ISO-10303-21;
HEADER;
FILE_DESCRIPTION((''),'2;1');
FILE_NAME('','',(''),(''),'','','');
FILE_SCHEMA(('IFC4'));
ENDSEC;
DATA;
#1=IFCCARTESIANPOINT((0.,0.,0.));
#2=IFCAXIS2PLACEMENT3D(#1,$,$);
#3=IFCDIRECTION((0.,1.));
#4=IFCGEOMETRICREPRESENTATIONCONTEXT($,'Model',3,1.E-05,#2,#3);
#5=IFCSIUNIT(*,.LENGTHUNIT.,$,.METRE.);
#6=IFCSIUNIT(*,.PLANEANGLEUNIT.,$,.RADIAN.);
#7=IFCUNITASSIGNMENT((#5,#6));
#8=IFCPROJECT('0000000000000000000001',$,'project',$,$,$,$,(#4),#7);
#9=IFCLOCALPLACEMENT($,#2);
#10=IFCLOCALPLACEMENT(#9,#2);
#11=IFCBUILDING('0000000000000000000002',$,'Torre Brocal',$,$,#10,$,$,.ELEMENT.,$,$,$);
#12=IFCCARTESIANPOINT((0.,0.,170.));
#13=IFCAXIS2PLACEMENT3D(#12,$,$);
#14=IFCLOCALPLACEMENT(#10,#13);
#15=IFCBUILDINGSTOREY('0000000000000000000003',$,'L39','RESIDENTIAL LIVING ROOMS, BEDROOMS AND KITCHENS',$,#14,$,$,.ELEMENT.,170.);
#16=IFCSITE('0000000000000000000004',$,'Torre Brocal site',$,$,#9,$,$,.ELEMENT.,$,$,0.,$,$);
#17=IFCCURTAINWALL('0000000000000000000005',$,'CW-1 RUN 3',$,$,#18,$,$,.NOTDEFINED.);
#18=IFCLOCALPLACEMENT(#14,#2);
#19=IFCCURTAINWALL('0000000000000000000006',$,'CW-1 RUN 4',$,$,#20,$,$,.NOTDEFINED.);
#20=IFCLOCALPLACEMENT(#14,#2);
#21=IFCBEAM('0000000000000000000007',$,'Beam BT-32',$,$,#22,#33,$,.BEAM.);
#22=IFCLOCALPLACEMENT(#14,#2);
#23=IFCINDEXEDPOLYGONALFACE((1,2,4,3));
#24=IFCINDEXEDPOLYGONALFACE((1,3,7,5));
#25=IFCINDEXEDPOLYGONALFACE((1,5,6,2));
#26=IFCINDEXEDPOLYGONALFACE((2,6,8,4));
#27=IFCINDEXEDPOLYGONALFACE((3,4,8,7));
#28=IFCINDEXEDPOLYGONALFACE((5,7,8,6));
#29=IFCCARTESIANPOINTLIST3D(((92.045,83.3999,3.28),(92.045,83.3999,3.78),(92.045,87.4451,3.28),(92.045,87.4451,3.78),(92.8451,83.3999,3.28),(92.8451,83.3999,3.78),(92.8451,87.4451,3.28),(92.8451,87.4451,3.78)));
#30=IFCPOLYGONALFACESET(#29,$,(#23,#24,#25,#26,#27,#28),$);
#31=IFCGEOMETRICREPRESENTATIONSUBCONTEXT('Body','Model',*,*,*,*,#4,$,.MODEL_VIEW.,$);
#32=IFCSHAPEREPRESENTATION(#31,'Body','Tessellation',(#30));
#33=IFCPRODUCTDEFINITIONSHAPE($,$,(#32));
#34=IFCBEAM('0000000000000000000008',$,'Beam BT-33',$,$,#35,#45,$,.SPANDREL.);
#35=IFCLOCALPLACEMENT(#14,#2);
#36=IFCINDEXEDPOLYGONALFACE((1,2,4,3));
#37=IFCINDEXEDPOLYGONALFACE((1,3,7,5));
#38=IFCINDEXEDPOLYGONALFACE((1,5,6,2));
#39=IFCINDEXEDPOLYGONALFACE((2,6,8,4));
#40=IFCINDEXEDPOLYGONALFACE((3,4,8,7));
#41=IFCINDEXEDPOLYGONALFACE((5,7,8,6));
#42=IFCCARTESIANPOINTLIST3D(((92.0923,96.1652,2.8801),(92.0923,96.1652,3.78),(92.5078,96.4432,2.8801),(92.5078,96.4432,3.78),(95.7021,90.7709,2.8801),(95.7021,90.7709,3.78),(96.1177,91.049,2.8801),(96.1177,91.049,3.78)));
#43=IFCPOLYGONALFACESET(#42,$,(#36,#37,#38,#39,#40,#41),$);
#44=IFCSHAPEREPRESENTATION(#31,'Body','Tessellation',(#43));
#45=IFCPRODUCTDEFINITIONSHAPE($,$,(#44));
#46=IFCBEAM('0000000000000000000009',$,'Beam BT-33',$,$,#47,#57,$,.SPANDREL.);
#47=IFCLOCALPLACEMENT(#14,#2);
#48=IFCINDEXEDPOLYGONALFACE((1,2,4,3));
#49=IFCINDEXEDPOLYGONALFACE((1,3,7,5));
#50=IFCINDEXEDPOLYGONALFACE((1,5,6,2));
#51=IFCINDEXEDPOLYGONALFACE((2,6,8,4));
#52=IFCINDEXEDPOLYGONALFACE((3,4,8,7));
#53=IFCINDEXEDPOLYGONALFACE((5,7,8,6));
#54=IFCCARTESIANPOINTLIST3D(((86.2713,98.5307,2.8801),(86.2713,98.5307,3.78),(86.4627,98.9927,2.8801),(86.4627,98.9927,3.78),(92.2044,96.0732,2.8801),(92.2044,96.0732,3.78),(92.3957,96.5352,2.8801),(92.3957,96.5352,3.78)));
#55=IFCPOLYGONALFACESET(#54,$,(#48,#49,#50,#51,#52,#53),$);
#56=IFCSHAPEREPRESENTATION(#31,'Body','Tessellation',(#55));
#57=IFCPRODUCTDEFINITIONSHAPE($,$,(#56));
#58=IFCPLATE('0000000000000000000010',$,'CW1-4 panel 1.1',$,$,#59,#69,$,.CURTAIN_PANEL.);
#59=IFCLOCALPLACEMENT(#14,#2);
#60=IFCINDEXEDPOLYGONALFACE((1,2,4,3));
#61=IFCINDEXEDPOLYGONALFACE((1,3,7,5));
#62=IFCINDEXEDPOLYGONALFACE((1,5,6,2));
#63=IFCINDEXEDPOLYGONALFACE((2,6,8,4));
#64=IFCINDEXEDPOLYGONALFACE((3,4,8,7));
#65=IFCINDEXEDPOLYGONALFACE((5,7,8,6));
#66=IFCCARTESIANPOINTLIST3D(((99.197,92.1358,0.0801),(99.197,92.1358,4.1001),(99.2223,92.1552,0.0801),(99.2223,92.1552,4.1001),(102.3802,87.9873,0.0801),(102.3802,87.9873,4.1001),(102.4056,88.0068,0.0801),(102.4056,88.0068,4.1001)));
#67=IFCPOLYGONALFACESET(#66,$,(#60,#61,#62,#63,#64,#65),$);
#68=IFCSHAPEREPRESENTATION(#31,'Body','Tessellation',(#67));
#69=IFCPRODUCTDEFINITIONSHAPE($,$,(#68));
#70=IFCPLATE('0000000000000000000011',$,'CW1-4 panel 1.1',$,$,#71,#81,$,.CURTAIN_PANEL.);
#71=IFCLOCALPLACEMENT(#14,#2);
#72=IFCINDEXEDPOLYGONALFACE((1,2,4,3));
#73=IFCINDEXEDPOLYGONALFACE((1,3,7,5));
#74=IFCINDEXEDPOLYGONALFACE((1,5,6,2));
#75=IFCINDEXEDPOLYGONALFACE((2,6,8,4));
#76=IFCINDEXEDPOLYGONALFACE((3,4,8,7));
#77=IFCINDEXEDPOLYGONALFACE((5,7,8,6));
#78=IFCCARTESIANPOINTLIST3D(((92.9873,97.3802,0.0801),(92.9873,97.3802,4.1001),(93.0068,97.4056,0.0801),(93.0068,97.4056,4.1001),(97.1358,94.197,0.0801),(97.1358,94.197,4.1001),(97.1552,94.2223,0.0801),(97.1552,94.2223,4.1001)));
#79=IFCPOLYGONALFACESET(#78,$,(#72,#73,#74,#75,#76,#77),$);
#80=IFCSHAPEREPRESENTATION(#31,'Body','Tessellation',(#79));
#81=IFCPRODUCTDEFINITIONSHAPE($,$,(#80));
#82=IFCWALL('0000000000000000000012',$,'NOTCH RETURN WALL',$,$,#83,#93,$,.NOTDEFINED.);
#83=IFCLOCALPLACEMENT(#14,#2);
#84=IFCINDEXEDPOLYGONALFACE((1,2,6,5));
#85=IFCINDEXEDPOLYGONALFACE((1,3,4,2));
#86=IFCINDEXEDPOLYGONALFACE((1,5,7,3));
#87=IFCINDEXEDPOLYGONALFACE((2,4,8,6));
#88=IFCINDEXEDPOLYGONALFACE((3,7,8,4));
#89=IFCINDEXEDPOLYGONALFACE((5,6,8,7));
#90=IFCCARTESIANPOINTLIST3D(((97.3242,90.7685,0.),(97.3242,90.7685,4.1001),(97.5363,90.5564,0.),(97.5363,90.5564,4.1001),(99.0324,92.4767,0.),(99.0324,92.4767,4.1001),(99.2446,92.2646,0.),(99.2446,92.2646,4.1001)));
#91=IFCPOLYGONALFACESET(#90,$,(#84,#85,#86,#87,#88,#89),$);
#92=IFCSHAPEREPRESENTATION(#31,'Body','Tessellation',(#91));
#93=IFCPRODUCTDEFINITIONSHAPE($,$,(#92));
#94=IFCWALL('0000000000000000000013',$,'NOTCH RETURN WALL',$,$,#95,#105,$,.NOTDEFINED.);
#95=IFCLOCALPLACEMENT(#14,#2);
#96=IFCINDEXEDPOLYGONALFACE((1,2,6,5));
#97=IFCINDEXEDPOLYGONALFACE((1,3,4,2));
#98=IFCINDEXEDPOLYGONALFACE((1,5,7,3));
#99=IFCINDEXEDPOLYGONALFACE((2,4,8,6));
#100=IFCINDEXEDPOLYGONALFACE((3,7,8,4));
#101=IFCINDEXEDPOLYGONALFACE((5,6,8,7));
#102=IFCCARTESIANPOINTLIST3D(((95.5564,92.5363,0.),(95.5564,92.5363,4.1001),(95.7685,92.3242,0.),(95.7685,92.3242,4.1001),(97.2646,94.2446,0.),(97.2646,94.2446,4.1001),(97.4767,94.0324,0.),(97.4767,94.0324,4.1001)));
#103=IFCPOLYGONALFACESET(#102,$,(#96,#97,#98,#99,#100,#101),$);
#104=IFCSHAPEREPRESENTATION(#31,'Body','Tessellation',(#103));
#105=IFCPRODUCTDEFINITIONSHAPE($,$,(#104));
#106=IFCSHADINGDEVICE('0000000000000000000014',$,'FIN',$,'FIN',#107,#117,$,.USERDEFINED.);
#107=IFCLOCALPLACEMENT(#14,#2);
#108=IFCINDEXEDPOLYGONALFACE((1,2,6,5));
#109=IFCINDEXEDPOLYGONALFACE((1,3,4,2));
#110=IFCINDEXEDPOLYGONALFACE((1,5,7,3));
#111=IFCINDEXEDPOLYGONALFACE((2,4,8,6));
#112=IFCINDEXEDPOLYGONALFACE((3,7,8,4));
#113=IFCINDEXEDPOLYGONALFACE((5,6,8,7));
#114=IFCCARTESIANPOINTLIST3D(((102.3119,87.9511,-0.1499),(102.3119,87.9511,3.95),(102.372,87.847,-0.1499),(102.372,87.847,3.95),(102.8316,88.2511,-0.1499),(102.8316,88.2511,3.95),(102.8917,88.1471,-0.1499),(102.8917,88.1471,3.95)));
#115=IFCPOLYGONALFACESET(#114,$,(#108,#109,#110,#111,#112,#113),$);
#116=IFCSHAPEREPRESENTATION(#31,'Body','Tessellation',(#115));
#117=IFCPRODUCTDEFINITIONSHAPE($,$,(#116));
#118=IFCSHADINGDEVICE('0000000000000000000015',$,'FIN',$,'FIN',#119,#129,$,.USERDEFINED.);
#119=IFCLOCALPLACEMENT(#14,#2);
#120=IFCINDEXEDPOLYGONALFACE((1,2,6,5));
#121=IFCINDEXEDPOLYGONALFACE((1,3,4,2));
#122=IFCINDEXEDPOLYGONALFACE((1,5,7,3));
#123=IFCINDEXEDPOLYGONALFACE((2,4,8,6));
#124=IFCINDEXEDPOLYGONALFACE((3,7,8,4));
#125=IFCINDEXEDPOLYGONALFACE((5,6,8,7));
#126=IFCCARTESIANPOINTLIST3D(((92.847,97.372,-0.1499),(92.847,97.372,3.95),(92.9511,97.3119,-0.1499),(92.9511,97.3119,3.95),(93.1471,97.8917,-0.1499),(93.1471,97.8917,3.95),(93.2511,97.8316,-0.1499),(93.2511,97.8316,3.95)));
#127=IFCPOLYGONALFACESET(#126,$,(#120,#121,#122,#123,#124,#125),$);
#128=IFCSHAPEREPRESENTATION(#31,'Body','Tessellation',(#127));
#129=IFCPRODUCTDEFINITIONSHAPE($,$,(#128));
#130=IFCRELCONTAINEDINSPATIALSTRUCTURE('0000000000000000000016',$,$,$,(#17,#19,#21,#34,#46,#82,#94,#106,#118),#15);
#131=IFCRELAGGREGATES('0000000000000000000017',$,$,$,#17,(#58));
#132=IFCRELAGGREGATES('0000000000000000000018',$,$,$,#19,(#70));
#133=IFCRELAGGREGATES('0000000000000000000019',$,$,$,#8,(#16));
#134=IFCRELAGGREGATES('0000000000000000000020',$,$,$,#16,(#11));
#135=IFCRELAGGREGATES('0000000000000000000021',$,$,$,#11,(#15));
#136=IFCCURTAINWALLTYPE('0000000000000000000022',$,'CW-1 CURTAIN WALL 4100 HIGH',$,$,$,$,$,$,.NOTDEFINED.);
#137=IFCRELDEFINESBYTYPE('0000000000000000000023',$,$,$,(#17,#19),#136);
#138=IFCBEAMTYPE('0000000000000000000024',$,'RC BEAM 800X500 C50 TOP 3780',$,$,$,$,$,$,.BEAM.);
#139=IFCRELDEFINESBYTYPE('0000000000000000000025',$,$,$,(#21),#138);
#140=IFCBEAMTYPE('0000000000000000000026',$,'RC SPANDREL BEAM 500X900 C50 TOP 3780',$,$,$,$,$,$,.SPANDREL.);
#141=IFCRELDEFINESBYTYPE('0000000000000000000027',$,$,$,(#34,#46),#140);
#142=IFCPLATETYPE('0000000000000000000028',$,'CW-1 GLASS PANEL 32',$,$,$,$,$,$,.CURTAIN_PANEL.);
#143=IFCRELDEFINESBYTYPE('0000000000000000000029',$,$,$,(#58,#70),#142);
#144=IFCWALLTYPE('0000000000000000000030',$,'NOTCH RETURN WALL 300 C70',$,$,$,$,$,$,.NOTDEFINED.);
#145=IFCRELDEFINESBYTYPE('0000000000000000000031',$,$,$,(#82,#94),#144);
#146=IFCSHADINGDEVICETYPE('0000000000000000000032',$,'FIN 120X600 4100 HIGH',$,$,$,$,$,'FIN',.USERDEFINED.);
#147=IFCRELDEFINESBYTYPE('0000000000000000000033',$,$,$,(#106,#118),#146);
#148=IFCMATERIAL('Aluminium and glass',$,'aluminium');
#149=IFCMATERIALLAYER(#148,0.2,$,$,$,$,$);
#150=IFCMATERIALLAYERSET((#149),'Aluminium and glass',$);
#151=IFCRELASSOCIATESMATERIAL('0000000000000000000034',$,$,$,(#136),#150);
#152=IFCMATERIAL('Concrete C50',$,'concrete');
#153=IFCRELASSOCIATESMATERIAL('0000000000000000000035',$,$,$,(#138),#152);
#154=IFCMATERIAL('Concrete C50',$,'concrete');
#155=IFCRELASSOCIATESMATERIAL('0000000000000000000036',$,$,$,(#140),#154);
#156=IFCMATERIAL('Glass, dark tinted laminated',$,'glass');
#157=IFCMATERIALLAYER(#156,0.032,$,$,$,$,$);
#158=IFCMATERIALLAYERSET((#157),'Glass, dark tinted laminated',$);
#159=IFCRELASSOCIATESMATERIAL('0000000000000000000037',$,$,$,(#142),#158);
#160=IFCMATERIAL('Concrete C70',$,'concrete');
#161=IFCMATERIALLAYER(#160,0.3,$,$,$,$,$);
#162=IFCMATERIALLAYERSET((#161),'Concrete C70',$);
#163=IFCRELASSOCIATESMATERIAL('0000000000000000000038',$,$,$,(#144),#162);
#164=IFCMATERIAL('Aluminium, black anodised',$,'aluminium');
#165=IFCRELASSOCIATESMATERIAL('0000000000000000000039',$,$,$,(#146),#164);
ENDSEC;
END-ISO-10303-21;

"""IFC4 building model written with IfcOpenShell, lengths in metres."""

from ifc_helpers import new_model, si_unit, direction, frame, frame_2d, origin, origin_2d, place, context, subcontext, project, spatial, rectangle, extrude, material, layer, layer_set, material_profile, profile_set, type_object, element, aggregate, save


model = new_model("IFC4")

# Units and contexts
model_context = context("Model", 3, precision=1e-05, world=origin(), true_north=direction((0.0, 1.0)))
body_context = subcontext(model_context, "Body", "Model", "MODEL_VIEW")
ifc_project = project(units=[si_unit("LENGTHUNIT", "METRE"), si_unit("PLANEANGLEUNIT", "RADIAN")], contexts=[model_context])

# Site, building, storey
site_placement = place(None, origin())
site = spatial("IfcSite", under=ifc_project, at=site_placement, Name="Torre Brocal site", CompositionType="ELEMENT", RefElevation=0.0)
building_placement = place(site_placement, origin())
building = spatial("IfcBuilding", under=site, at=building_placement, Name="Torre Brocal", CompositionType="ELEMENT")
storey_placement = place(building_placement, frame((0.0, 0.0, 170.0)))
storey = spatial("IfcBuildingStorey", under=building, at=storey_placement, Name="L39", Description="RESIDENTIAL LIVING ROOMS, BEDROOMS AND KITCHENS", CompositionType="ELEMENT", Elevation=170.0)

# Shared definitions
ifc_material_1 = material(Name="Aluminium and glass", Category="aluminium")
ifc_layer_1 = layer(ifc_material_1, 0.2)
ifc_layer_set_1 = layer_set([ifc_layer_1], Name="Aluminium and glass")
curtain_wall_type = type_object("IfcCurtainWallType", Name="CW-1 CURTAIN WALL 4100 HIGH", PredefinedType="NOTDEFINED", material=ifc_layer_set_1)

# Curtain walls
curtain_wall_1_placement = place(storey_placement, origin())
curtain_wall_1 = element("IfcCurtainWall", 1, at=curtain_wall_1_placement, inside=storey, type_object=curtain_wall_type, Name="CW-1 RUN 3", PredefinedType="NOTDEFINED")
curtain_wall_2_placement = place(storey_placement, origin())
curtain_wall_2 = element("IfcCurtainWall", 2, at=curtain_wall_2_placement, inside=storey, type_object=curtain_wall_type, Name="CW-1 RUN 4", PredefinedType="NOTDEFINED")

# Beams
ifc_material_2 = material(Name="Concrete C50", Category="concrete")
ifc_material_profile_1 = material_profile(ifc_material_2, rectangle(XDim=0.8, YDim=0.5, at=origin_2d()), Name="RC 800X500")
ifc_profile_set_1 = profile_set([ifc_material_profile_1], Name="Concrete C50")
beam_type_1 = type_object("IfcBeamType", Name="RC BEAM 800X500 C50 TOP 3780", PredefinedType="BEAM", material=ifc_profile_set_1)
beam_1_placement = place(storey_placement, frame((92.4451, 87.4451, 3.53), z_axis=(0.0, -1.0, 0.0), x_axis=(1.0, 0.0, 0.0)))
element("IfcBeam", 3, at=beam_1_placement, inside=storey, type_object=beam_type_1, Name="Beam BT-32", PredefinedType="BEAM", context=body_context, shape_type="SweptSolid", body=[
    extrude(rectangle(XDim=0.8, YDim=0.5, at=origin_2d()), origin(), (0.0, 0.0, 1.0), 4.0452),
])
ifc_material_3 = material(Name="Concrete C50", Category="concrete")
ifc_material_profile_2 = material_profile(ifc_material_3, rectangle(XDim=0.5, YDim=0.8999, at=origin_2d()), Name="RC 500X900")
ifc_profile_set_2 = profile_set([ifc_material_profile_2], Name="Concrete C50")
beam_type_2 = type_object("IfcBeamType", Name="RC SPANDREL BEAM 500X900 C50 TOP 3780", PredefinedType="SPANDREL", material=ifc_profile_set_2)
beam_2_placement = place(storey_placement, frame((95.9099, 90.9099, 3.3301), z_axis=(-0.556158, 0.831077, 0.0), x_axis=(-0.831077, -0.556158, 0.0)))
element("IfcBeam", 4, at=beam_2_placement, inside=storey, type_object=beam_type_2, Name="Beam BT-33", PredefinedType="SPANDREL", context=body_context, shape_type="SweptSolid", body=[
    extrude(rectangle(XDim=0.5, YDim=0.8999, at=origin_2d()), origin(), (0.0, 0.0, 1.0), 6.4907),
])
beam_3_placement = place(storey_placement, frame((92.3, 96.3042, 3.3301), z_axis=(-0.923882, 0.382676, 0.0), x_axis=(-0.382676, -0.923882, 0.0)))
element("IfcBeam", 5, at=beam_3_placement, inside=storey, type_object=beam_type_2, Name="Beam BT-33", PredefinedType="SPANDREL", context=body_context, shape_type="SweptSolid", body=[
    extrude(rectangle(XDim=0.5, YDim=0.8999, at=origin_2d()), origin(), (0.0, 0.0, 1.0), 6.4219),
])

# Plates
ifc_material_4 = material(Name="Glass, dark tinted laminated", Category="glass")
ifc_layer_2 = layer(ifc_material_4, 0.032)
ifc_layer_set_2 = layer_set([ifc_layer_2], Name="Glass, dark tinted laminated")
plate_type = type_object("IfcPlateType", Name="CW-1 GLASS PANEL 32", PredefinedType="CURTAIN_PANEL", material=ifc_layer_set_2)
plate_1_placement = place(storey_placement, frame((100.8013, 90.0713, 0.0801), z_axis=(0.0, 0.0, 1.0), x_axis=(-0.608761, 0.793353, 0.0)))
plate_1 = element("IfcPlate", 6, at=plate_1_placement, type_object=plate_type, Name="CW1-4 panel 1.1", PredefinedType="CURTAIN_PANEL", context=body_context, shape_type="SweptSolid", body=[
    extrude(rectangle(XDim=5.229, YDim=0.032, at=origin_2d()), origin(), (0.0, 0.0, 1.0), 4.02),
])
aggregate(curtain_wall_1, [plate_1])
plate_2_placement = place(storey_placement, frame((95.0713, 95.8013, 0.0801), z_axis=(0.0, 0.0, 1.0), x_axis=(-0.793353, 0.608761, 0.0)))
plate_2 = element("IfcPlate", 7, at=plate_2_placement, type_object=plate_type, Name="CW1-4 panel 1.1", PredefinedType="CURTAIN_PANEL", context=body_context, shape_type="SweptSolid", body=[
    extrude(rectangle(XDim=5.229, YDim=0.032, at=origin_2d()), origin(), (0.0, 0.0, 1.0), 4.02),
])
aggregate(curtain_wall_2, [plate_2])

# Walls
ifc_material_5 = material(Name="Concrete C70", Category="concrete")
ifc_layer_3 = layer(ifc_material_5, 0.3)
ifc_layer_set_3 = layer_set([ifc_layer_3], Name="Concrete C70")
wall_type = type_object("IfcWallType", Name="NOTCH RETURN WALL 300 C70", PredefinedType="NOTDEFINED", material=ifc_layer_set_3)
for number, where, z_axis, x_axis, name in (
    (8, (97.4302, 90.6624, 0.0), (0.0, 0.0, 1.0), (0.707107, 0.707107, 0.0), "NOTCH RETURN WALL"),
    (9, (95.6624, 92.4302, 0.0), (0.0, 0.0, 1.0), (0.707107, 0.707107, 0.0), "NOTCH RETURN WALL"),
):
    element("IfcWall", number, at=place(storey_placement, frame(where, z_axis=z_axis, x_axis=x_axis)), inside=storey, type_object=wall_type, Name=name, PredefinedType="NOTDEFINED", context=body_context, shape_type="SweptSolid", body=[
        extrude(rectangle(XDim=2.4158, YDim=0.3, at=frame_2d((1.208, 0.0))), origin(), (0.0, 0.0, 1.0), 4.1001),
    ])

# Shading devices
ifc_material_6 = material(Name="Aluminium, black anodised", Category="aluminium")
ifc_material_profile_3 = material_profile(ifc_material_6, rectangle(XDim=0.1201, YDim=0.6001, at=origin_2d()), Name="FIN 120X600 4100 HIGH")
ifc_profile_set_3 = profile_set([ifc_material_profile_3], Name="Aluminium, black anodised")
shading_device_type = type_object("IfcShadingDeviceType", Name="FIN 120X600 4100 HIGH", ElementType="FIN", PredefinedType="USERDEFINED", material=ifc_profile_set_3)
for number, where, z_axis, x_axis, name in (
    (10, (102.6018, 88.0491, -0.1499), (0.0, 0.0, 1.0), (-0.5, 0.866025, 0.0), "FIN"),
    (11, (93.0491, 97.6018, -0.1499), (0.0, 0.0, 1.0), (-0.866025, 0.5, 0.0), "FIN"),
):
    element("IfcShadingDevice", number, at=place(storey_placement, frame(where, z_axis=z_axis, x_axis=x_axis)), inside=storey, type_object=shading_device_type, Name=name, ObjectType="FIN", PredefinedType="USERDEFINED", context=body_context, shape_type="SweptSolid", body=[
        extrude(rectangle(XDim=0.1201, YDim=0.6001, at=origin_2d()), origin(), (0.0, 0.0, 1.0), 4.0999),
    ])

save(model, "model.ifc")
